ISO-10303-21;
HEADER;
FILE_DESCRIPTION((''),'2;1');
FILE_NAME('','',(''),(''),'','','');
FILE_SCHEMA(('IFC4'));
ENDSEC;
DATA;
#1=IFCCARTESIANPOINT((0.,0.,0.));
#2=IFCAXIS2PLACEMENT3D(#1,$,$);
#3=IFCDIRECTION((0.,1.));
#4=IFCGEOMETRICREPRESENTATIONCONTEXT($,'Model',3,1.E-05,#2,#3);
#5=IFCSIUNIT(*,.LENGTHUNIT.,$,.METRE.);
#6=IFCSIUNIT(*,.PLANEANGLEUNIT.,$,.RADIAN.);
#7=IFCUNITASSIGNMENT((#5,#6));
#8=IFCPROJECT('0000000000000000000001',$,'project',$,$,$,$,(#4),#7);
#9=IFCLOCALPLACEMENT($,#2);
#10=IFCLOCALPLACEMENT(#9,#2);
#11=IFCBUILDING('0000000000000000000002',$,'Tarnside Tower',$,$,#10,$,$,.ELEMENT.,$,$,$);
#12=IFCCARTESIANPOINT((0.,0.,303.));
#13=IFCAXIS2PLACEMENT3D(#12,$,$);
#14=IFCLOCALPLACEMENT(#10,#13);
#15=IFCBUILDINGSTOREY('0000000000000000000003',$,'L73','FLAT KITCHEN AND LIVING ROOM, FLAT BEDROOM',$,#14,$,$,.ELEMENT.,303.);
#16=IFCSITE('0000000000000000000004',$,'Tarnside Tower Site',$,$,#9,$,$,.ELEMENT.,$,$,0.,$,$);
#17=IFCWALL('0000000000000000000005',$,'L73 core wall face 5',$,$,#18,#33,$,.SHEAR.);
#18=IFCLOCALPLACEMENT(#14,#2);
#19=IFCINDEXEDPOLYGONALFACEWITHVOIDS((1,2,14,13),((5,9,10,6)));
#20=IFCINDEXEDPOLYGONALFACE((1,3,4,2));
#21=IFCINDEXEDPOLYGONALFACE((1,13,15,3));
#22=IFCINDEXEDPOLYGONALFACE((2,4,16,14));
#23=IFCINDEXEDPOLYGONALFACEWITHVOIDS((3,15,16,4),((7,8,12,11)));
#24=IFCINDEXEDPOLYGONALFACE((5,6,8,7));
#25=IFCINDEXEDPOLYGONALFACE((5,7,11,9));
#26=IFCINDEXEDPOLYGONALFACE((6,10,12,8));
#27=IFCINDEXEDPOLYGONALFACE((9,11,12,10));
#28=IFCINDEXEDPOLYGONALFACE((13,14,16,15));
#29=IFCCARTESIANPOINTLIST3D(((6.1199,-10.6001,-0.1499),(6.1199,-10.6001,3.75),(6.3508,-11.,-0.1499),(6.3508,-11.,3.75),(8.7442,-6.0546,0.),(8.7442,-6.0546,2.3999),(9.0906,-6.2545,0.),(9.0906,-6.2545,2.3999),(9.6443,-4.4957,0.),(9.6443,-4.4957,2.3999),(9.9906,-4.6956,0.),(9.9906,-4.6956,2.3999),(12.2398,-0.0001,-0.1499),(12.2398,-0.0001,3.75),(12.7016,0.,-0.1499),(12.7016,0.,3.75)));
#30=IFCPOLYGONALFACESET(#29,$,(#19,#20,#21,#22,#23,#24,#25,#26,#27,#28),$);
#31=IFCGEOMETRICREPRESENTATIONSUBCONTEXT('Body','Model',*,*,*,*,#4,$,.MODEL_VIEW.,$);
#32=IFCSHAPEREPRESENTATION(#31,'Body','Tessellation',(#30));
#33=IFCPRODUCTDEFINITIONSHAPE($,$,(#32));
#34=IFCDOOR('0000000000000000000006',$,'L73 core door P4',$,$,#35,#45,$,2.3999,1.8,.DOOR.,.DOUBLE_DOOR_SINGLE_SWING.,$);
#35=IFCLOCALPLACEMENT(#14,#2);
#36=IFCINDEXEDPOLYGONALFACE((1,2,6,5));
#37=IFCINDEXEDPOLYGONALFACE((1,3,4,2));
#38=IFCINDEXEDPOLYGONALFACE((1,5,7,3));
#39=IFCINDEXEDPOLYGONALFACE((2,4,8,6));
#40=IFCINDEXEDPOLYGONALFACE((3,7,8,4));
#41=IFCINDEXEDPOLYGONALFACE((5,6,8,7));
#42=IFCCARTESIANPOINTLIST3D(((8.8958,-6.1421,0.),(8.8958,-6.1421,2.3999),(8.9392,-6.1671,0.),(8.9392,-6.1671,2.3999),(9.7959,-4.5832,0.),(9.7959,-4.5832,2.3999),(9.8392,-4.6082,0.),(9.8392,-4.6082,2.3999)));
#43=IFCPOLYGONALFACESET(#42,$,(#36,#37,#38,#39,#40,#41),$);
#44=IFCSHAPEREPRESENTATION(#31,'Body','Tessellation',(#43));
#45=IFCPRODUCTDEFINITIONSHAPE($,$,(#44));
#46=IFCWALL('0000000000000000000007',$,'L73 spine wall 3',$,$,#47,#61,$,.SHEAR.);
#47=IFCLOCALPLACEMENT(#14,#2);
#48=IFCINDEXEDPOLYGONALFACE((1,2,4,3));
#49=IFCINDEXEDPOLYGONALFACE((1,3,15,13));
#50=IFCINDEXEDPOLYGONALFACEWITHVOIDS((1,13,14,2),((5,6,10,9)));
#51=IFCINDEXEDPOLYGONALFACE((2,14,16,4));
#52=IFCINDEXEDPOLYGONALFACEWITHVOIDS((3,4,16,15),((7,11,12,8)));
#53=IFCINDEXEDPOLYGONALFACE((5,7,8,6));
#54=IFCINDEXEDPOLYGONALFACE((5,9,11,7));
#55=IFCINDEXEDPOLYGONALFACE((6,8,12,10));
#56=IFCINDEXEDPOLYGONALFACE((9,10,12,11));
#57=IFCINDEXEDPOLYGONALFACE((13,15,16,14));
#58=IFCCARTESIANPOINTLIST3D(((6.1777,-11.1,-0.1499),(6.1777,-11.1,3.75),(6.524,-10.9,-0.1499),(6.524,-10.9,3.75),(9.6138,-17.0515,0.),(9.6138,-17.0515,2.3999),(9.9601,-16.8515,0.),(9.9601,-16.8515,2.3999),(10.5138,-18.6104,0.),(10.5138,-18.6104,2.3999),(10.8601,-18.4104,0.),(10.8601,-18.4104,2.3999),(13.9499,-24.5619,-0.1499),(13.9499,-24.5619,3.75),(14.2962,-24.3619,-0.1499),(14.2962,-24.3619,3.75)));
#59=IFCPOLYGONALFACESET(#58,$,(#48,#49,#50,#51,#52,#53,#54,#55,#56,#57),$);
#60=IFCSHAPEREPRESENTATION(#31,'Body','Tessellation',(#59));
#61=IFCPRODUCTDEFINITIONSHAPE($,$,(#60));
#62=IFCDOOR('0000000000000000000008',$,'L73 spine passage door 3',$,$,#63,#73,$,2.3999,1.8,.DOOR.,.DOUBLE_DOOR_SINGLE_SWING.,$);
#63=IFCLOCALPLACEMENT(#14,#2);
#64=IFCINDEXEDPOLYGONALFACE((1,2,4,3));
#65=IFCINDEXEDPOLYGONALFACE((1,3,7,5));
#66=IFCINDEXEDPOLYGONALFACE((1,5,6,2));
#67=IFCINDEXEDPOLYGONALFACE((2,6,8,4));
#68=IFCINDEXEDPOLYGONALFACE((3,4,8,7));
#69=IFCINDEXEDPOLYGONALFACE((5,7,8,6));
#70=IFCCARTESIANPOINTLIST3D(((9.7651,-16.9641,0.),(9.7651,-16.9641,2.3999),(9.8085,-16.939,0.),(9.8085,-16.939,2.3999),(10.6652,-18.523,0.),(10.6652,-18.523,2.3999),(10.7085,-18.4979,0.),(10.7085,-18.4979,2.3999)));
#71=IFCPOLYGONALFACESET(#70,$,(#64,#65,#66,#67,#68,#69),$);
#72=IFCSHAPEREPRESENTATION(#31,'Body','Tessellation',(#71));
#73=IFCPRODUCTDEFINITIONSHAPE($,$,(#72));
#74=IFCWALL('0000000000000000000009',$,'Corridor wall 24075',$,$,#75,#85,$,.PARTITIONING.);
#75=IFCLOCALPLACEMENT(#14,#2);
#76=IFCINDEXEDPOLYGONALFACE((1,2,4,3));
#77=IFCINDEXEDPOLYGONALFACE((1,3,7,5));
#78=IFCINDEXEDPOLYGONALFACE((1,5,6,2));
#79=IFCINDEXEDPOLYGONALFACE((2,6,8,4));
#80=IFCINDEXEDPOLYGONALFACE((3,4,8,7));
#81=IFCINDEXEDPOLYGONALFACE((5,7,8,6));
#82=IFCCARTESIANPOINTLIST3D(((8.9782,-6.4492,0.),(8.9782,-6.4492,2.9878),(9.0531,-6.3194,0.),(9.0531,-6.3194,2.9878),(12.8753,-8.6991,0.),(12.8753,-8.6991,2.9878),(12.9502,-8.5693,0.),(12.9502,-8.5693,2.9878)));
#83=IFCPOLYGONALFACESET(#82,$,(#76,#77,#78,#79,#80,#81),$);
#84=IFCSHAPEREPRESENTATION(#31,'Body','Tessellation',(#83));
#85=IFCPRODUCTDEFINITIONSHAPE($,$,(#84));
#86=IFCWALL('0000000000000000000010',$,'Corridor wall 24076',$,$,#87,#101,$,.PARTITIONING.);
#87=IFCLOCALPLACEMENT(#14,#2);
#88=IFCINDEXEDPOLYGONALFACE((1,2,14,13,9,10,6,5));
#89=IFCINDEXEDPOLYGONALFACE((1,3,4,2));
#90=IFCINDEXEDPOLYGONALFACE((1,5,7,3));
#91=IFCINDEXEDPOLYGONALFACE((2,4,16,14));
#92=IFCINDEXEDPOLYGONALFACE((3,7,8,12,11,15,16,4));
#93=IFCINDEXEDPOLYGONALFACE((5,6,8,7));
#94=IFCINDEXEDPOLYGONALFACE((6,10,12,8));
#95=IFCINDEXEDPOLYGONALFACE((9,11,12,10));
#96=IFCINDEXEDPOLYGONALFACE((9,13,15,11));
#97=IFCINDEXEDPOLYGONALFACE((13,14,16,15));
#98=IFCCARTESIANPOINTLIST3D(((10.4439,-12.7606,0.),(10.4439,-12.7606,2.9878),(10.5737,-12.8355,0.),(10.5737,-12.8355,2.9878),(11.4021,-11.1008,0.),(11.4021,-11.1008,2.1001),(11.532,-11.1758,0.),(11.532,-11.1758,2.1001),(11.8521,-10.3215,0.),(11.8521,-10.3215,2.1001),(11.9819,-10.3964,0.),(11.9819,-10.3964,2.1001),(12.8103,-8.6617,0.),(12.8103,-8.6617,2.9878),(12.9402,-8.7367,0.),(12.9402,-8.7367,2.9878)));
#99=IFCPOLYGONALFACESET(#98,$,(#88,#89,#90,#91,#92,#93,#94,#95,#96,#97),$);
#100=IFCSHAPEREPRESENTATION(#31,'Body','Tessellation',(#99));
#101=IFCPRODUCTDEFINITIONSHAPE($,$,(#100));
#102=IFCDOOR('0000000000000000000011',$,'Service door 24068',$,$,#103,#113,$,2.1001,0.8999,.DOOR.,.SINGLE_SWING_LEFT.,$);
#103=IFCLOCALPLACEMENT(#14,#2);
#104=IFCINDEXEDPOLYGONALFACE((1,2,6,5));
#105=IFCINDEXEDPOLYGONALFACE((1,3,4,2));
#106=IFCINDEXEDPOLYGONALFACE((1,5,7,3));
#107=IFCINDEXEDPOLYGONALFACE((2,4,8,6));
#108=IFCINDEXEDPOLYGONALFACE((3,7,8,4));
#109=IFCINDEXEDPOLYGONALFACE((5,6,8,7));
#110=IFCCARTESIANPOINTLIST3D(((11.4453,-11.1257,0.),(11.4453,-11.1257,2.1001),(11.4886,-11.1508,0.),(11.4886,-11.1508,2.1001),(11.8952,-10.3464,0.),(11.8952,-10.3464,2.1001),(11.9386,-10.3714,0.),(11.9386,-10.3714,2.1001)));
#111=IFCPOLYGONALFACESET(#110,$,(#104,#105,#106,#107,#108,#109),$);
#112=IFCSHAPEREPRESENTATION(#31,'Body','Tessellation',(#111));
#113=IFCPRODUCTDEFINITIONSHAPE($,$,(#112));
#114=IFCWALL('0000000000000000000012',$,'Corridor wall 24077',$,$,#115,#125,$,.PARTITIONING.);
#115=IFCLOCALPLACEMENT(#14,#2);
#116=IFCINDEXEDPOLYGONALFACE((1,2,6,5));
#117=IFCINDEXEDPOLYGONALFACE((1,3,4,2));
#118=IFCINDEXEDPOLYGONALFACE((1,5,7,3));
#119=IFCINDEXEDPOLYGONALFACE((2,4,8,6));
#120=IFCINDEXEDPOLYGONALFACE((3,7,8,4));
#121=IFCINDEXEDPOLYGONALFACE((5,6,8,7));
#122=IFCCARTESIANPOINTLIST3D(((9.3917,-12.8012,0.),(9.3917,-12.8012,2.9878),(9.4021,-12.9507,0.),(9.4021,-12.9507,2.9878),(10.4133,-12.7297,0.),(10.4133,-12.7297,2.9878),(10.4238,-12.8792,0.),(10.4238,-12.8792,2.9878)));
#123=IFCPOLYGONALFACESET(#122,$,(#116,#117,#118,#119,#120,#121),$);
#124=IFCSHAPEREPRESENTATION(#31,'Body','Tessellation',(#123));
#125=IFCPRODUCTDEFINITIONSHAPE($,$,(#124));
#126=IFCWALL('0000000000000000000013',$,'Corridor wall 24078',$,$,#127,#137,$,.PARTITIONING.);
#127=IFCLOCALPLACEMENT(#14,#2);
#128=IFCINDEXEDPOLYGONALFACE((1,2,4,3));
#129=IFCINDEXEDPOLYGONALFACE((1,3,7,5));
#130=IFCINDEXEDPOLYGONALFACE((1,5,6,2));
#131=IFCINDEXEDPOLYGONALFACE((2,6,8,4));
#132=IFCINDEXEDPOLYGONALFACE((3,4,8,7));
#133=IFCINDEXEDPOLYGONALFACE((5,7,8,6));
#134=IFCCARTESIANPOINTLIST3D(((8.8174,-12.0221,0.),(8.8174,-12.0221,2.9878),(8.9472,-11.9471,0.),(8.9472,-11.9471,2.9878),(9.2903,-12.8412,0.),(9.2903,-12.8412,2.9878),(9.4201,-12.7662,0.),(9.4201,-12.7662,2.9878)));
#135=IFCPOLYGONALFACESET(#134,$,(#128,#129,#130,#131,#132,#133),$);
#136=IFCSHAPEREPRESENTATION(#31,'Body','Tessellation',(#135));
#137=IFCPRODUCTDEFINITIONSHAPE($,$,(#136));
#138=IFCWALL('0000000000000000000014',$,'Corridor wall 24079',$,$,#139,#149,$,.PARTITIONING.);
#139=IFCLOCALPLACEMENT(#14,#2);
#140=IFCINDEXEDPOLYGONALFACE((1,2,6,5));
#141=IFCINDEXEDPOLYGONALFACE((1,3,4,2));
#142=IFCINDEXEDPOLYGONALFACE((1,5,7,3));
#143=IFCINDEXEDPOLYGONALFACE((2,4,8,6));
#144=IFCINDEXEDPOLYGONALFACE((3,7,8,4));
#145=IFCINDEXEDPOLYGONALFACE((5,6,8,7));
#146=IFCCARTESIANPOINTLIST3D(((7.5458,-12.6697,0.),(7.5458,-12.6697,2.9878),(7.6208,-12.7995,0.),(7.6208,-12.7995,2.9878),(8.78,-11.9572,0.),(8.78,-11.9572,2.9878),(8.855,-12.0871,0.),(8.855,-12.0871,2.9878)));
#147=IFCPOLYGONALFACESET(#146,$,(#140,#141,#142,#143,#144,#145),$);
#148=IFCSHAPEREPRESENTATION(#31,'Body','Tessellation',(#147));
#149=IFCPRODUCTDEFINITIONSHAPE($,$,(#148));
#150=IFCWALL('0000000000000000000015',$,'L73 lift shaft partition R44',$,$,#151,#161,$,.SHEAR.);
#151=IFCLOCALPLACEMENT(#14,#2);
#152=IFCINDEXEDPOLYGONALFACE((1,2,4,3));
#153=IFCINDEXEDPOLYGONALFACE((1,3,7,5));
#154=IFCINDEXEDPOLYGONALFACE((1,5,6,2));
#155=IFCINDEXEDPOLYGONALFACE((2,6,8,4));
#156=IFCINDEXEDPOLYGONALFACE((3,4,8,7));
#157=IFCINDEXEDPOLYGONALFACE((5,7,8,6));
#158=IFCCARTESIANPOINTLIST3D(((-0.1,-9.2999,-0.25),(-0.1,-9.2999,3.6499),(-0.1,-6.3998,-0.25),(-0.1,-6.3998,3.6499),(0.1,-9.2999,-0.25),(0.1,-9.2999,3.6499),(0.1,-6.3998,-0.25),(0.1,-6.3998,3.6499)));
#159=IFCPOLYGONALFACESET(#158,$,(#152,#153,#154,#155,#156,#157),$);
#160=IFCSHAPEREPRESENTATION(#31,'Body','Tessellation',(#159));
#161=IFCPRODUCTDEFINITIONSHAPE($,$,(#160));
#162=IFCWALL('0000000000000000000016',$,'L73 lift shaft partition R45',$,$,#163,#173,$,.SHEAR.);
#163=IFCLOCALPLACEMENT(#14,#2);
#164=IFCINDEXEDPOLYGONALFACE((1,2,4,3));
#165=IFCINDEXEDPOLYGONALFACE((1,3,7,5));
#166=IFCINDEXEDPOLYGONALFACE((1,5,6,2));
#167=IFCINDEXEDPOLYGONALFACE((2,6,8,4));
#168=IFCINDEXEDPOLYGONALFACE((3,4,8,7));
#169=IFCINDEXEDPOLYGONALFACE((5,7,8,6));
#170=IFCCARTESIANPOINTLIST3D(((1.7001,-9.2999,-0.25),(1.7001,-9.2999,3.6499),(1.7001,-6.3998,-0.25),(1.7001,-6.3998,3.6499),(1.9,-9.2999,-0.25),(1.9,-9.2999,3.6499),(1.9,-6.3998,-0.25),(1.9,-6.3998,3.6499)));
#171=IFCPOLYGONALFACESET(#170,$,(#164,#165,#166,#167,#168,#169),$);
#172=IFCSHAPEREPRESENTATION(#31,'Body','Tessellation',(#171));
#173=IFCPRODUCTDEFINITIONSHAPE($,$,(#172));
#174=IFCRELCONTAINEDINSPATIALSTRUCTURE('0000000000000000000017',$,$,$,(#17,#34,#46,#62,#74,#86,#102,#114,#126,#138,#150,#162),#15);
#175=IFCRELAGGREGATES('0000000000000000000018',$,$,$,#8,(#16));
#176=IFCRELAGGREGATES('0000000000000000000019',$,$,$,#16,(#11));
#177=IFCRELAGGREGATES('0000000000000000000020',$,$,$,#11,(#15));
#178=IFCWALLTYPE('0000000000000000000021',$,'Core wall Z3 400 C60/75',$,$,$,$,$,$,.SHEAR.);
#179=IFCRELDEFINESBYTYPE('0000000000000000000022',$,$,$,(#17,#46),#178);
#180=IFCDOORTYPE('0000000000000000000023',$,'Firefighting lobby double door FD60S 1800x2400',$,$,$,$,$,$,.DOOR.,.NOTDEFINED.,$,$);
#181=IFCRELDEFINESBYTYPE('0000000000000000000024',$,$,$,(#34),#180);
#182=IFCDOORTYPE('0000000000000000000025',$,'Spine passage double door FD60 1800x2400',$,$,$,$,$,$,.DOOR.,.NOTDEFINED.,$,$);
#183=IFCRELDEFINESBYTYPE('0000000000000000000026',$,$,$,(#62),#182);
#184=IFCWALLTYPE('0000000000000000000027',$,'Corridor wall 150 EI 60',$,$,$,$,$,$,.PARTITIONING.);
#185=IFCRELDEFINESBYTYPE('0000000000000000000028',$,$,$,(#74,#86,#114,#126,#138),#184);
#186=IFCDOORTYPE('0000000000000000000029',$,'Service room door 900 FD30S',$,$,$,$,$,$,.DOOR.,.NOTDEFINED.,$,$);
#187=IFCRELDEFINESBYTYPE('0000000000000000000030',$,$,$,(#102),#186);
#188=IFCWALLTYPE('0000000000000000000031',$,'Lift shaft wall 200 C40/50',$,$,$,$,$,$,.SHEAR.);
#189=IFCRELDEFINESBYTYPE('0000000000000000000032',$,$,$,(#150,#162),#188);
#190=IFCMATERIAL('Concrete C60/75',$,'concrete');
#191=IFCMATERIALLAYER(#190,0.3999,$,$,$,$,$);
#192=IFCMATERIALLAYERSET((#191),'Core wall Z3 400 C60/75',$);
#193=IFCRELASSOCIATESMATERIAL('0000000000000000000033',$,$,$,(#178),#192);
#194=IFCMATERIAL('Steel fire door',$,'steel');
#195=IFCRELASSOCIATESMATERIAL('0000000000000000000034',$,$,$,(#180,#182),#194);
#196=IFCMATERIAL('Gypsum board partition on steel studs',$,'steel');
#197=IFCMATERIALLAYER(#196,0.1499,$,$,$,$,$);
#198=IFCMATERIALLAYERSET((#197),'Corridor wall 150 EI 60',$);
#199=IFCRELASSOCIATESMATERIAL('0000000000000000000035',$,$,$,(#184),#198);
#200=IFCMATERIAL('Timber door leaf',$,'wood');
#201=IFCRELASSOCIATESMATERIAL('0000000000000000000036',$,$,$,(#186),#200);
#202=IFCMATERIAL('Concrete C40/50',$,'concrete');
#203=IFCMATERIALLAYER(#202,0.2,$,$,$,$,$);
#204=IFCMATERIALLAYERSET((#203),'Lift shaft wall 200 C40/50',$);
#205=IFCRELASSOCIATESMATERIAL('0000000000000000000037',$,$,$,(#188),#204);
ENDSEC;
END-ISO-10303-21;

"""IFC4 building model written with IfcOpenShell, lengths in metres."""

from ifc_helpers import new_model, si_unit, direction, frame, frame_2d, origin, place, context, subcontext, project, spatial, polyline, rectangle, outline, extrude, material, layer, layer_set, type_object, element, fill, save


model = new_model("IFC4")

# Units and contexts
model_context = context("Model", 3, precision=1e-05, world=origin(), true_north=direction((0.0, 1.0)))
body_context = subcontext(model_context, "Body", "Model", "MODEL_VIEW")
ifc_project = project(units=[si_unit("LENGTHUNIT", "METRE"), si_unit("PLANEANGLEUNIT", "RADIAN")], contexts=[model_context])

# Site, building, storey
site_placement = place(None, origin())
site = spatial("IfcSite", under=ifc_project, at=site_placement, Name="Tarnside Tower Site", CompositionType="ELEMENT", RefElevation=0.0)
building_placement = place(site_placement, origin())
building = spatial("IfcBuilding", under=site, at=building_placement, Name="Tarnside Tower", CompositionType="ELEMENT")
storey_placement = place(building_placement, frame((0.0, 0.0, 303.0)))
storey = spatial("IfcBuildingStorey", under=building, at=storey_placement, Name="L73", Description="FLAT KITCHEN AND LIVING ROOM, FLAT BEDROOM", CompositionType="ELEMENT", Elevation=303.0)

# Shared definitions
ifc_material_1 = material(Name="Concrete C40/50", Category="concrete")

# Shared definitions
ifc_material_2 = material(Name="Gypsum board partition on steel studs", Category="steel")
ifc_material_3 = material(Name="Timber door leaf", Category="wood")
ifc_material_4 = material(Name="Steel fire door", Category="steel")

# Walls, openings, doors
ifc_material_5 = material(Name="Concrete C60/75", Category="concrete")
ifc_layer_1 = layer(ifc_material_5, 0.3999)
ifc_layer_set_1 = layer_set([ifc_layer_1], Name="Core wall Z3 400 C60/75")
wall_type_1 = type_object("IfcWallType", Name="Core wall Z3 400 C60/75", PredefinedType="SHEAR", material=ifc_layer_set_1)
wall_1_placement = place(storey_placement, frame((6.2354, -10.8, -0.1499), z_axis=(0.0, 0.0, 1.0), x_axis=(0.499996, 0.866027, 0.0)))
wall_1 = element("IfcWall", 1, at=wall_1_placement, inside=storey, type_object=wall_type_1, Name="L73 core wall face 5", PredefinedType="SHEAR", context=body_context, shape_type="SweptSolid", body=[
    extrude(outline(polyline([(-0.1155, -0.2), (12.5862, -0.2), (12.3552, 0.2), (0.1155, 0.2), (-0.1155, -0.2)])), origin(), (0.0, 0.0, 1.0), 3.8999),
])
opening_1_placement = place(wall_1_placement, frame((5.3643, 0.0, 0.1499)))
opening_1 = element("IfcOpeningElement", 2, at=opening_1_placement, cuts=wall_1, PredefinedType="OPENING", context=body_context, shape_type="SweptSolid", body=[
    extrude(rectangle(XDim=1.8, YDim=2.3999, at=frame_2d((0.8999, 1.2))), frame((0.0, 0.21, 0.0), z_axis=(0.0, -1.0, 0.0), x_axis=(1.0, 0.0, 0.0)), (0.0, 0.0, 1.0), 0.4199),
])
door_type_1 = type_object("IfcDoorType", Name="Firefighting lobby double door FD60S 1800x2400", OperationType="NOTDEFINED", PredefinedType="DOOR", material=ifc_material_4)
door_1_placement = place(opening_1_placement, origin())
door_1 = element("IfcDoor", 3, at=door_1_placement, inside=storey, type_object=door_type_1, Name="L73 core door P4", OperationType="DOUBLE_DOOR_SINGLE_SWING", OverallHeight=2.3999, OverallWidth=1.8, PredefinedType="DOOR", context=body_context, shape_type="SweptSolid", body=[
    extrude(rectangle(XDim=1.8, YDim=2.3999, at=frame_2d((0.8999, 1.2))), frame((0.0, 0.0249, 0.0), z_axis=(0.0, -1.0, 0.0), x_axis=(1.0, 0.0, 0.0)), (0.0, 0.0, 1.0), 0.05),
])
fill(opening_1, door_1)
wall_2_placement = place(storey_placement, frame((6.3508, -11.0, -0.1499), z_axis=(0.0, 0.0, 1.0), x_axis=(0.499999, -0.866026, 0.0)))
wall_2 = element("IfcWall", 4, at=wall_2_placement, inside=storey, type_object=wall_type_1, Name="L73 spine wall 3", PredefinedType="SHEAR", context=body_context, shape_type="SweptSolid", body=[
    extrude(rectangle(XDim=15.5444, YDim=0.3999, at=frame_2d((7.7722, 0.0))), origin(), (0.0, 0.0, 1.0), 3.8999),
])
opening_2_placement = place(wall_2_placement, frame((6.8723, 0.0, 0.1499)))
opening_2 = element("IfcOpeningElement", 5, at=opening_2_placement, cuts=wall_2, PredefinedType="OPENING", context=body_context, shape_type="SweptSolid", body=[
    extrude(rectangle(XDim=1.8, YDim=2.3999, at=frame_2d((0.8999, 1.2))), frame((0.0, 0.21, 0.0), z_axis=(0.0, -1.0, 0.0), x_axis=(1.0, 0.0, 0.0)), (0.0, 0.0, 1.0), 0.4199),
])
door_type_2 = type_object("IfcDoorType", Name="Spine passage double door FD60 1800x2400", OperationType="NOTDEFINED", PredefinedType="DOOR", material=ifc_material_4)
door_2_placement = place(opening_2_placement, origin())
door_2 = element("IfcDoor", 6, at=door_2_placement, inside=storey, type_object=door_type_2, Name="L73 spine passage door 3", OperationType="DOUBLE_DOOR_SINGLE_SWING", OverallHeight=2.3999, OverallWidth=1.8, PredefinedType="DOOR", context=body_context, shape_type="SweptSolid", body=[
    extrude(rectangle(XDim=1.8, YDim=2.3999, at=frame_2d((0.8999, 1.2))), frame((0.0, 0.0249, 0.0), z_axis=(0.0, -1.0, 0.0), x_axis=(1.0, 0.0, 0.0)), (0.0, 0.0, 1.0), 0.05),
])
fill(opening_2, door_2)

# Wall
ifc_layer_2 = layer(ifc_material_2, 0.1499)
ifc_layer_set_2 = layer_set([ifc_layer_2], Name="Corridor wall 150 EI 60")
wall_type_2 = type_object("IfcWallType", Name="Corridor wall 150 EI 60", PredefinedType="PARTITIONING", material=ifc_layer_set_2)
wall_3_placement = place(storey_placement, frame((9.0156, -6.3843, 0.0), z_axis=(0.0, 0.0, 1.0), x_axis=(0.866031, -0.49999, 0.0)))
element("IfcWall", 7, at=wall_3_placement, inside=storey, type_object=wall_type_2, Name="Corridor wall 24075", PredefinedType="PARTITIONING", context=body_context, shape_type="SweptSolid", body=[
    extrude(rectangle(XDim=4.5, YDim=0.1499, at=frame_2d((2.25, 0.0))), origin(), (0.0, 0.0, 1.0), 2.9878),
])

# Wall, opening, door
wall_4_placement = place(storey_placement, frame((12.8752, -8.6992, 0.0), z_axis=(0.0, 0.0, 1.0), x_axis=(-0.499995, -0.866028, 0.0)))
wall_4 = element("IfcWall", 8, at=wall_4_placement, inside=storey, type_object=wall_type_2, Name="Corridor wall 24076", PredefinedType="PARTITIONING", context=body_context, shape_type="SweptSolid", body=[
    extrude(rectangle(XDim=4.7329, YDim=0.1499, at=frame_2d((2.3665, 0.0))), origin(), (0.0, 0.0, 1.0), 2.9878),
])
opening_3_placement = place(wall_4_placement, frame((1.9165, 0.0, 0.0)))
opening_3 = element("IfcOpeningElement", 9, at=opening_3_placement, cuts=wall_4, PredefinedType="OPENING", context=body_context, shape_type="SweptSolid", body=[
    extrude(rectangle(XDim=0.8999, YDim=2.1001, at=frame_2d((0.45, 1.05))), frame((0.0, 0.085, 0.0), z_axis=(0.0, -1.0, 0.0), x_axis=(1.0, 0.0, 0.0)), (0.0, 0.0, 1.0), 0.1699),
])
door_type_3 = type_object("IfcDoorType", Name="Service room door 900 FD30S", OperationType="NOTDEFINED", PredefinedType="DOOR", material=ifc_material_3)
door_3_placement = place(opening_3_placement, origin())
door_3 = element("IfcDoor", 10, at=door_3_placement, inside=storey, type_object=door_type_3, Name="Service door 24068", OperationType="SINGLE_SWING_LEFT", OverallHeight=2.1001, OverallWidth=0.8999, PredefinedType="DOOR", context=body_context, shape_type="SweptSolid", body=[
    extrude(rectangle(XDim=0.8999, YDim=2.1001, at=frame_2d((0.45, 1.05))), frame((0.0, 0.0249, 0.0), z_axis=(0.0, -1.0, 0.0), x_axis=(1.0, 0.0, 0.0)), (0.0, 0.0, 1.0), 0.05),
])
fill(opening_3, door_3)

# Walls
wall_5_placement = place(storey_placement, frame((10.4187, -12.8044, 0.0), z_axis=(0.0, 0.0, 1.0), x_axis=(-0.997558, -0.069841, 0.0)))
element("IfcWall", 11, at=wall_5_placement, inside=storey, type_object=wall_type_2, Name="Corridor wall 24077", PredefinedType="PARTITIONING", context=body_context, shape_type="SweptSolid", body=[
    extrude(rectangle(XDim=1.0242, YDim=0.1499, at=frame_2d((0.5122, 0.0))), origin(), (0.0, 0.0, 1.0), 2.9878),
])
wall_6_placement = place(storey_placement, frame((9.3552, -12.8037, 0.0), z_axis=(0.0, 0.0, 1.0), x_axis=(-0.499998, 0.866027, 0.0)))
element("IfcWall", 12, at=wall_6_placement, inside=storey, type_object=wall_type_2, Name="Corridor wall 24078", PredefinedType="PARTITIONING", context=body_context, shape_type="SweptSolid", body=[
    extrude(rectangle(XDim=0.9458, YDim=0.1499, at=frame_2d((0.4729, 0.0))), origin(), (0.0, 0.0, 1.0), 2.9878),
])
wall_7_placement = place(storey_placement, frame((8.8174, -12.0222, 0.0), z_axis=(0.0, 0.0, 1.0), x_axis=(-0.866063, -0.499935, 0.0)))
element("IfcWall", 13, at=wall_7_placement, inside=storey, type_object=wall_type_2, Name="Corridor wall 24079", PredefinedType="PARTITIONING", context=body_context, shape_type="SweptSolid", body=[
    extrude(rectangle(XDim=1.425, YDim=0.1499, at=frame_2d((0.7124, 0.0))), origin(), (0.0, 0.0, 1.0), 2.9878),
])
ifc_layer_3 = layer(ifc_material_1, 0.2)
ifc_layer_set_3 = layer_set([ifc_layer_3], Name="Lift shaft wall 200 C40/50")
wall_type_3 = type_object("IfcWallType", Name="Lift shaft wall 200 C40/50", PredefinedType="SHEAR", material=ifc_layer_set_3)
for number, where, z_axis, x_axis, name in (
    (14, (0.0, -9.3, -0.25), (0.0, 0.0, 1.0), (0.0, 1.0, 0.0), "L73 lift shaft partition R44"),
    (15, (1.8, -9.3, -0.25), (0.0, 0.0, 1.0), (0.0, 1.0, 0.0), "L73 lift shaft partition R45"),
):
    element("IfcWall", number, at=place(storey_placement, frame(where, z_axis=z_axis, x_axis=x_axis)), inside=storey, type_object=wall_type_3, Name=name, PredefinedType="SHEAR", context=body_context, shape_type="SweptSolid", body=[
        extrude(rectangle(XDim=2.9001, YDim=0.2, at=frame_2d((1.4502, 0.0))), origin(), (0.0, 0.0, 1.0), 3.8999),
    ])

save(model, "model.ifc")
